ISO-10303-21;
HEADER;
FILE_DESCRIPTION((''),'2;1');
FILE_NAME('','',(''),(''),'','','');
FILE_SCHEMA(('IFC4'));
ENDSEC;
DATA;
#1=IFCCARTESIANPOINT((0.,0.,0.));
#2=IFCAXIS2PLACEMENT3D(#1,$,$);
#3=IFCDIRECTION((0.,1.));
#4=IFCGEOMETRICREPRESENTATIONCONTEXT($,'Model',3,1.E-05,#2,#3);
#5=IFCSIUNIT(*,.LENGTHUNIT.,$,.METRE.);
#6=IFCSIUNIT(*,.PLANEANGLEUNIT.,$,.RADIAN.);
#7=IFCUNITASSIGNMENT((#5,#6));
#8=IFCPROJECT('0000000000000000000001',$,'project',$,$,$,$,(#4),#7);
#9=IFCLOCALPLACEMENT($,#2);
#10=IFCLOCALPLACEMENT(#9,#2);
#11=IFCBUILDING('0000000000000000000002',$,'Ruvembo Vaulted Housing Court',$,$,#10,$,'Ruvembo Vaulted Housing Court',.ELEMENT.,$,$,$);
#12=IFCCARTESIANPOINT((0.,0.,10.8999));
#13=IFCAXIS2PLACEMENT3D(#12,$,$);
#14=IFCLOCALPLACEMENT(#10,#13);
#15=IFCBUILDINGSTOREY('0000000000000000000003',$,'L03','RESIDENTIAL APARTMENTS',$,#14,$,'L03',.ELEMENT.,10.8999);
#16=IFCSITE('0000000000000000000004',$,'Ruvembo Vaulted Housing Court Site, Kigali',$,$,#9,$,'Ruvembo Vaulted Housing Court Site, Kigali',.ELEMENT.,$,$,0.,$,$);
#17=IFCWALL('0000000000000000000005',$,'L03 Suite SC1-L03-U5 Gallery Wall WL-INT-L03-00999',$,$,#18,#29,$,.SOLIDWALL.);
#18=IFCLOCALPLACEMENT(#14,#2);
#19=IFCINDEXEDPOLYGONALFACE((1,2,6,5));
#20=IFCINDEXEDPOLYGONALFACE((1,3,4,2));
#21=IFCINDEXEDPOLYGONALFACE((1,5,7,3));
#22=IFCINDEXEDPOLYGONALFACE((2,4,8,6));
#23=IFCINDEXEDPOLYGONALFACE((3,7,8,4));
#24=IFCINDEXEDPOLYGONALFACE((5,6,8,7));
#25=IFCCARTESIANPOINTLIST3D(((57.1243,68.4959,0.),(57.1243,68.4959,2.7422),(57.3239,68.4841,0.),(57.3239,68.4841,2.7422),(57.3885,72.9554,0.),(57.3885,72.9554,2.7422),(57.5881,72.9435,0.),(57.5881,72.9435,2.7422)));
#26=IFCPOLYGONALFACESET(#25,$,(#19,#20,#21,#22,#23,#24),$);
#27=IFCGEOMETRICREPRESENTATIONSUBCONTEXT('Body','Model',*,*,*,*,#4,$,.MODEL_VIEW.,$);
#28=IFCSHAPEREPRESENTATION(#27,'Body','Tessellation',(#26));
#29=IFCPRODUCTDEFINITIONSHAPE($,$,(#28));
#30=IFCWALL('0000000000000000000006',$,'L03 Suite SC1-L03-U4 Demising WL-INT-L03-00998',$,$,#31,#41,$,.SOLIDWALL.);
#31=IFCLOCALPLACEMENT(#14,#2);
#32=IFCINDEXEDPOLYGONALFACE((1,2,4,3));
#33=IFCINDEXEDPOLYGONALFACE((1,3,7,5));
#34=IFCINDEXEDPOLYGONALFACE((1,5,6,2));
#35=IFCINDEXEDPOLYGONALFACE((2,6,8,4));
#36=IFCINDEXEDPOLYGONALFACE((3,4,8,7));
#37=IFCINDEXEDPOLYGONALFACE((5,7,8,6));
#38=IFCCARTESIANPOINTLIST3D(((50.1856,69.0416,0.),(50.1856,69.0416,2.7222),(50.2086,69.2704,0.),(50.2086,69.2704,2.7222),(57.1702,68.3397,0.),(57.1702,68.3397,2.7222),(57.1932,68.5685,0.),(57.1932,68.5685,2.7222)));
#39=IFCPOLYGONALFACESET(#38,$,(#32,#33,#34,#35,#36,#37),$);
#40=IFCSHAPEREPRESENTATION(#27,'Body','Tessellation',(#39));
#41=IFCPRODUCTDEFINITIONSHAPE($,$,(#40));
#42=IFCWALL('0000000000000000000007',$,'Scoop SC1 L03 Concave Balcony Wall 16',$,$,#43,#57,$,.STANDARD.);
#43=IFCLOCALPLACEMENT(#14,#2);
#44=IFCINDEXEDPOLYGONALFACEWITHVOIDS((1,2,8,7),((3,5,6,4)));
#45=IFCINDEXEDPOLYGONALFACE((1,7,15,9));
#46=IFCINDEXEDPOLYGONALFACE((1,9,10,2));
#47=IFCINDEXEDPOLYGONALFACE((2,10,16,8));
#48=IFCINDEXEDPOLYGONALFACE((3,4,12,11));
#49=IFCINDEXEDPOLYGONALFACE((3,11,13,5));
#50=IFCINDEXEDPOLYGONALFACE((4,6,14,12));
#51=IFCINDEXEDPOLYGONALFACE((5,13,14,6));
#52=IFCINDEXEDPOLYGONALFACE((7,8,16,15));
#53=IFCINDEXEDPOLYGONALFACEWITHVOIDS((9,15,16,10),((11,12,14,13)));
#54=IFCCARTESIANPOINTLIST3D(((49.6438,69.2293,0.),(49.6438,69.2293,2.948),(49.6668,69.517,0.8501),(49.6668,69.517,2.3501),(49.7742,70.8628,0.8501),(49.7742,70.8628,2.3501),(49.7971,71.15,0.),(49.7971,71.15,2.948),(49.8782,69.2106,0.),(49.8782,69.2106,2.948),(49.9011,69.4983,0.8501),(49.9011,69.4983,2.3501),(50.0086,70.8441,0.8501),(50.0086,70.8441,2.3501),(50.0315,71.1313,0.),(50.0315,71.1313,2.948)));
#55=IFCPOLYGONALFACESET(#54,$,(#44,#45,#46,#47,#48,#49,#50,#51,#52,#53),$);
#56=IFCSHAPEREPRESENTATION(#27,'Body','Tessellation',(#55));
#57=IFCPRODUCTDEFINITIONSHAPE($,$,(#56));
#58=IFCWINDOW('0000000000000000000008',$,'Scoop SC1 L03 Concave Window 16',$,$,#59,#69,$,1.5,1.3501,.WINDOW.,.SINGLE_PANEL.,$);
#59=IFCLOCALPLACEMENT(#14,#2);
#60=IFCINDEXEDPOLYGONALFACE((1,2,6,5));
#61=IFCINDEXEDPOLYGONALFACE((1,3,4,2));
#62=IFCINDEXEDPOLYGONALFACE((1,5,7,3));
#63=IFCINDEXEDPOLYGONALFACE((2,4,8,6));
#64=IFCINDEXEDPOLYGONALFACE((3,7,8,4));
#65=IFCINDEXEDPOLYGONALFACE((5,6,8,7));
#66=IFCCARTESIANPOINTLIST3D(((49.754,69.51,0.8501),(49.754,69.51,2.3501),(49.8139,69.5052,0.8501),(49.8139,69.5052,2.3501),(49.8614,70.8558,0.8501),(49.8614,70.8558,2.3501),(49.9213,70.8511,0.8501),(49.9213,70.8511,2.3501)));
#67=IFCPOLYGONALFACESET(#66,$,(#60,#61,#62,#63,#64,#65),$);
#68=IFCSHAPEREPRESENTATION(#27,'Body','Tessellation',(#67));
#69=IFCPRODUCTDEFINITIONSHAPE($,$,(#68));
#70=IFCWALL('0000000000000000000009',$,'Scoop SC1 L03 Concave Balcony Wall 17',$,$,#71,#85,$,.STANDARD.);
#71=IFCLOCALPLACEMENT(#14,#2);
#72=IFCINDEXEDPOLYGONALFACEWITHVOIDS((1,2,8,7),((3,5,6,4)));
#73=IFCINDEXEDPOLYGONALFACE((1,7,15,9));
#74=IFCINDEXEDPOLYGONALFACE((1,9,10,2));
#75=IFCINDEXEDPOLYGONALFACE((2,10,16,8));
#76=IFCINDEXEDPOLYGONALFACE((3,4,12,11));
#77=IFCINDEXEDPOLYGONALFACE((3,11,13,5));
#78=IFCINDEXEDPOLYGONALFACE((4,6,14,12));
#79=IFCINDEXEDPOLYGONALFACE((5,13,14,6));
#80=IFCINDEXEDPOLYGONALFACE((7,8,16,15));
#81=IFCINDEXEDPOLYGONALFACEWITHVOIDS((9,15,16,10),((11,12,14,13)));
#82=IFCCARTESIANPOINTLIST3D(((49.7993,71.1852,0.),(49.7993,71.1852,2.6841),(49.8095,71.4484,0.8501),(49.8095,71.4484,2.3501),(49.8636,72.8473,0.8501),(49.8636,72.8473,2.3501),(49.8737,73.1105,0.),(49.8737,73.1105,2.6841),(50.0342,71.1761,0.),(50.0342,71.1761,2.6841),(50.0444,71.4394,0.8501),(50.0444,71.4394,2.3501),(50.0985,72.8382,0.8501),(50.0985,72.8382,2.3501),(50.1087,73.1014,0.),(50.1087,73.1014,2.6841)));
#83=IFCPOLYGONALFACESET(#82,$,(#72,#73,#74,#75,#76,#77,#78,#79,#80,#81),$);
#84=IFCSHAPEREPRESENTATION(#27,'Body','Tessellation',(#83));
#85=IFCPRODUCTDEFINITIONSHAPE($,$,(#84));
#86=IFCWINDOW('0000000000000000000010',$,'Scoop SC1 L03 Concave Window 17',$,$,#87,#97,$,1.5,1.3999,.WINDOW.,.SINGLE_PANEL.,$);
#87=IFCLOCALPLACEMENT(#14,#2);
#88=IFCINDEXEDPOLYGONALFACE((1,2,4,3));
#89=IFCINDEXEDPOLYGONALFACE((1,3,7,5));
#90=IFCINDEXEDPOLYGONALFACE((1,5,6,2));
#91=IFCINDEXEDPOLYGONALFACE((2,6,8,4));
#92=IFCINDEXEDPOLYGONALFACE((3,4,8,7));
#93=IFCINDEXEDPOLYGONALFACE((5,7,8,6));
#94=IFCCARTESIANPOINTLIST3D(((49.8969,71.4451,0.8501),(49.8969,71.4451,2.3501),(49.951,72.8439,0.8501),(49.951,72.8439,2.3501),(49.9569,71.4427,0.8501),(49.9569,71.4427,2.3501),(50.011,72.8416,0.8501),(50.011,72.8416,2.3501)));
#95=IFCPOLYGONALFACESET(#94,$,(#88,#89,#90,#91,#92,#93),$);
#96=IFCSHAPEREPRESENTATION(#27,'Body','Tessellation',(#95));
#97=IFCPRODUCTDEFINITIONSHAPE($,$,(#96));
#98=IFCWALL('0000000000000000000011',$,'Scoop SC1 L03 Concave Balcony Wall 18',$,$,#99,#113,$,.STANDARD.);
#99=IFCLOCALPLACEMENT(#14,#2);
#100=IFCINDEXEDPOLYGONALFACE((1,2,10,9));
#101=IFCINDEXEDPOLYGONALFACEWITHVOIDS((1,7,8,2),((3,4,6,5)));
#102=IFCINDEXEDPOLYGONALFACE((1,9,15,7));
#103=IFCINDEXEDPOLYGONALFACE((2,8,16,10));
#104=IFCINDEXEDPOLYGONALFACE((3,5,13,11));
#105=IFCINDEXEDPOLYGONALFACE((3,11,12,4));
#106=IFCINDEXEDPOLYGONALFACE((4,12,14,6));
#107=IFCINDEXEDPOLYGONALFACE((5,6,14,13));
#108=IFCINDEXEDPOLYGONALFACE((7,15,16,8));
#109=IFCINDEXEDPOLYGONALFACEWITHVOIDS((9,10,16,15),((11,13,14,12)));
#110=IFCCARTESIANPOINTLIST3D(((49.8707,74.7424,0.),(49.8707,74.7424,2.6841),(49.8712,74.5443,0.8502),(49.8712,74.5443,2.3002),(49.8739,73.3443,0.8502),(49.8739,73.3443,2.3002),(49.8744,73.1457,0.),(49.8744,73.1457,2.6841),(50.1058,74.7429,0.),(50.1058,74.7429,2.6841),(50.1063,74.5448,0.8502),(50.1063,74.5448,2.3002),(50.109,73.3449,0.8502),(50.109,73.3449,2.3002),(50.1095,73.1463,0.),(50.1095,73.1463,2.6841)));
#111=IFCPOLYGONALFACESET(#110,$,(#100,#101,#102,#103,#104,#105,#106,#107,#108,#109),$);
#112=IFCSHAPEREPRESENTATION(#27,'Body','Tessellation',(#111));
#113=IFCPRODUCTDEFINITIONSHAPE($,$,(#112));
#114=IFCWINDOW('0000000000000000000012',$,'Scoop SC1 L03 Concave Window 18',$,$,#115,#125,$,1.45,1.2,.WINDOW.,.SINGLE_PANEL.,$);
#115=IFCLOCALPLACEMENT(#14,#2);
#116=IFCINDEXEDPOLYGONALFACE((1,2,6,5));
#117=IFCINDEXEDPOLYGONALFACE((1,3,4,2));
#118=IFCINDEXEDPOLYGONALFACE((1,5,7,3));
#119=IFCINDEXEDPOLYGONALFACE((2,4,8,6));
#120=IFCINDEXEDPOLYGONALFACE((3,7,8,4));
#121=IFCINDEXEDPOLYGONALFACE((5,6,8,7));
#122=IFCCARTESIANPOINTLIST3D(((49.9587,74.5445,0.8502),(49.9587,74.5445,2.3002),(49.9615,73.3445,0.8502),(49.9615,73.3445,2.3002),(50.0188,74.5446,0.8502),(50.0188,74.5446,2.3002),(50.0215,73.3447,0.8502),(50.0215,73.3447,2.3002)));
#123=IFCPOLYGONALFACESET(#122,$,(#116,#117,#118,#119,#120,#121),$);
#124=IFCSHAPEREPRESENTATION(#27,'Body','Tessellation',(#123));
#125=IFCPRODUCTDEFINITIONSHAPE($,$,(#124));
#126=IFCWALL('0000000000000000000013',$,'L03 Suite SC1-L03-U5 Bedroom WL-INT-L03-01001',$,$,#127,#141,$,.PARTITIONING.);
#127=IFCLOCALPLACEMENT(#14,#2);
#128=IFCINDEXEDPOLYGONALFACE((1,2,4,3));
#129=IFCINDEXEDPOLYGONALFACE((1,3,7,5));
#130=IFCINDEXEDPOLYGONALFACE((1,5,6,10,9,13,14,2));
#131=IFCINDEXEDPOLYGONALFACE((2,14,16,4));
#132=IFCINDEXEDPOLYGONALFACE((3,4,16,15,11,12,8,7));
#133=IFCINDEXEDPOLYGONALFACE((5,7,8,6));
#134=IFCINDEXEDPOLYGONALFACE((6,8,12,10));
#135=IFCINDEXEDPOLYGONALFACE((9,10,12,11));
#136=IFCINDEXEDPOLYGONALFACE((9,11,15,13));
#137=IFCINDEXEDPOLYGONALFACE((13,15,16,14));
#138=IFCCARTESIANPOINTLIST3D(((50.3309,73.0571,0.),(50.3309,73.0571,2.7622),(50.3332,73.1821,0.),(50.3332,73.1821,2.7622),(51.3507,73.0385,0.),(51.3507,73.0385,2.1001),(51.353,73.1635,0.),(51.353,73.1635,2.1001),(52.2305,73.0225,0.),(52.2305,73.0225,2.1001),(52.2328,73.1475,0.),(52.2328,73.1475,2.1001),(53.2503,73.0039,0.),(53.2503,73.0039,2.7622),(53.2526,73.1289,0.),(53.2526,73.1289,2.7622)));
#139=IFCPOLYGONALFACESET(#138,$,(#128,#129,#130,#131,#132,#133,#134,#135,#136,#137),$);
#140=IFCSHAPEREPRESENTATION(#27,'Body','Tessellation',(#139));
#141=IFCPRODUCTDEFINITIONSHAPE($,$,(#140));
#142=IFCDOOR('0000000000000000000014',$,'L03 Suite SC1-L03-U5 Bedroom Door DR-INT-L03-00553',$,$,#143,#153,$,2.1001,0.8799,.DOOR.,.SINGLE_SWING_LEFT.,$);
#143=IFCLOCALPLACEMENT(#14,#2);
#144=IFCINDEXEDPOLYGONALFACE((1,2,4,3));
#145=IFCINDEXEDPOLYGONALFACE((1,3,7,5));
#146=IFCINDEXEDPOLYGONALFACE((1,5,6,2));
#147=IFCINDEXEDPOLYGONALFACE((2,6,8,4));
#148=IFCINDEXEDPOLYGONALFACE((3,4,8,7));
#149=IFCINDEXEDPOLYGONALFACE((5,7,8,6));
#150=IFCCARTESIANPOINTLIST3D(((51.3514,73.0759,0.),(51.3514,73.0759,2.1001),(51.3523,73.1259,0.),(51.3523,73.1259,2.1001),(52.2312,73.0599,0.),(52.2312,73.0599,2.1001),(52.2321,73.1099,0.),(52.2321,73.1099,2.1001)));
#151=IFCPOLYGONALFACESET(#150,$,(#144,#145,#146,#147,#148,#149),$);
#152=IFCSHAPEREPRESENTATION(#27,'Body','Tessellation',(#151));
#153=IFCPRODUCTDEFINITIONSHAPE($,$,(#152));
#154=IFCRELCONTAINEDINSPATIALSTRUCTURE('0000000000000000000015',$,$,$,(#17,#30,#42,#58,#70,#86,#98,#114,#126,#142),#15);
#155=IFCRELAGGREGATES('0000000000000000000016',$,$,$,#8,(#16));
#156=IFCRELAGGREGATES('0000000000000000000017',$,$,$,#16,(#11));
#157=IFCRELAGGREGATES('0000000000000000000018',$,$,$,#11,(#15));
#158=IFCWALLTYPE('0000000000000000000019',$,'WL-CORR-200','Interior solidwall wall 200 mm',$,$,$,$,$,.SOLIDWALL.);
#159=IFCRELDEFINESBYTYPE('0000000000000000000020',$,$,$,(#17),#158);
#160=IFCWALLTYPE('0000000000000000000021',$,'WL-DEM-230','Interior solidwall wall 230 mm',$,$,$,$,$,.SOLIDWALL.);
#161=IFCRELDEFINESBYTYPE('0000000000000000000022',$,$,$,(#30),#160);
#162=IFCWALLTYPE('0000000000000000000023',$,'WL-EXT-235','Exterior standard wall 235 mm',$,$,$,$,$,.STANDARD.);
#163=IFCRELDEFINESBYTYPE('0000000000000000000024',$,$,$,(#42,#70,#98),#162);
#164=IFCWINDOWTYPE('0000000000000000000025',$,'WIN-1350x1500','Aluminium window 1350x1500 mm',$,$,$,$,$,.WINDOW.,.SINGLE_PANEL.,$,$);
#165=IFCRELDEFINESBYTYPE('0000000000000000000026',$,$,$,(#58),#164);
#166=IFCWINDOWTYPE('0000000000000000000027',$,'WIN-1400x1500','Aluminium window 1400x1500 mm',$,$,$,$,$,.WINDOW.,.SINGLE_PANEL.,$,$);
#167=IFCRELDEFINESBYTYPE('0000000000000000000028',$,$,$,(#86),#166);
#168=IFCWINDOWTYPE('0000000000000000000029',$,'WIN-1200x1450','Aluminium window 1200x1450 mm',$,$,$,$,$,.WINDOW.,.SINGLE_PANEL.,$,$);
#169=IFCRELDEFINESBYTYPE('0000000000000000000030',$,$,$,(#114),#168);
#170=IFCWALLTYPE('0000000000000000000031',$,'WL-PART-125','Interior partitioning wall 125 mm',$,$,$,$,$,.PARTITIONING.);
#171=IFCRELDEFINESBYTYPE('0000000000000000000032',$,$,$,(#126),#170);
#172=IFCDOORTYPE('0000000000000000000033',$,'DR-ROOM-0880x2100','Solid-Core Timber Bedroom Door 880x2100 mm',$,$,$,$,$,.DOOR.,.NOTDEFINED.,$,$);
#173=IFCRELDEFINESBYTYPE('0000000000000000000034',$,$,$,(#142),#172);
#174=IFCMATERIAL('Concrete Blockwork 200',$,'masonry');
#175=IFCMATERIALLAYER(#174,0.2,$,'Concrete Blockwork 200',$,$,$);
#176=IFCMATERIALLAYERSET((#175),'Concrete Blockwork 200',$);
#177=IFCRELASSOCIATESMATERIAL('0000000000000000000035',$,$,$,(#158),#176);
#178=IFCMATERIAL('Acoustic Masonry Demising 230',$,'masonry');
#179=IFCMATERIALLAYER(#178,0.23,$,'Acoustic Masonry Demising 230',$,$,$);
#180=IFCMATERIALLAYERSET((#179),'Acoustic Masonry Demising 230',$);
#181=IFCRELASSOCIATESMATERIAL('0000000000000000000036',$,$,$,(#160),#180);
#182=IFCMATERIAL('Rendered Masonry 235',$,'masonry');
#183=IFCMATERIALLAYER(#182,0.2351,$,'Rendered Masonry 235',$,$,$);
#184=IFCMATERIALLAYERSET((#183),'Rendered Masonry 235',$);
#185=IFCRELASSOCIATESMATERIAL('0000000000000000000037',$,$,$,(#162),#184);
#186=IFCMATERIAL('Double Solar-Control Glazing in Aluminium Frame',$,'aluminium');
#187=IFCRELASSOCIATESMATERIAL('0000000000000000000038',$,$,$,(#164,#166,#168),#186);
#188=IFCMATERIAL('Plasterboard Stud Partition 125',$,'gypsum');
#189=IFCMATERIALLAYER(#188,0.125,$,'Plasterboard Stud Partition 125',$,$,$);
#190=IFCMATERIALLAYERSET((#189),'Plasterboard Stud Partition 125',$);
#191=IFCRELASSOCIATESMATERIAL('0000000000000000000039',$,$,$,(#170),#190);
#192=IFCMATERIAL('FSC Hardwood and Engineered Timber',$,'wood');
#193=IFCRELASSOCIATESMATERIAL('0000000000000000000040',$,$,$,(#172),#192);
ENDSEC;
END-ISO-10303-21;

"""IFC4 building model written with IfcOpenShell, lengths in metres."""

from ifc_helpers import new_model, si_unit, direction, frame, frame_2d, origin, place, context, subcontext, project, spatial, rectangle, extrude, material, layer, layer_set, type_object, element, fill, save


model = new_model("IFC4")

# Units and contexts
model_context = context("Model", 3, precision=1e-05, world=origin(), true_north=direction((0.0, 1.0)))
body_context = subcontext(model_context, "Body", "Model", "MODEL_VIEW")
ifc_project = project(units=[si_unit("LENGTHUNIT", "METRE"), si_unit("PLANEANGLEUNIT", "RADIAN")], contexts=[model_context])

# Site, building, storey
site_placement = place(None, origin())
site = spatial("IfcSite", under=ifc_project, at=site_placement, Name="Ruvembo Vaulted Housing Court Site, Kigali", LongName="Ruvembo Vaulted Housing Court Site, Kigali", CompositionType="ELEMENT", RefElevation=0.0)
building_placement = place(site_placement, origin())
building = spatial("IfcBuilding", under=site, at=building_placement, Name="Ruvembo Vaulted Housing Court", LongName="Ruvembo Vaulted Housing Court", CompositionType="ELEMENT")
storey_placement = place(building_placement, frame((0.0, 0.0, 10.8999)))
storey = spatial("IfcBuildingStorey", under=building, at=storey_placement, Name="L03", Description="RESIDENTIAL APARTMENTS", LongName="L03", CompositionType="ELEMENT", Elevation=10.8999)

# Wall
ifc_material_1 = material(Name="Concrete Blockwork 200", Category="masonry")
ifc_layer_1 = layer(ifc_material_1, 0.2, Name="Concrete Blockwork 200")
ifc_layer_set_1 = layer_set([ifc_layer_1], Name="Concrete Blockwork 200")
wall_type_1 = type_object("IfcWallType", Name="WL-CORR-200", Description="Interior solidwall wall 200 mm", PredefinedType="SOLIDWALL", material=ifc_layer_set_1)
wall_1_placement = place(storey_placement, frame((57.2241, 68.49, 0.0), z_axis=(0.0, 0.0, 1.0), x_axis=(0.059132, 0.99825, 0.0)))
element("IfcWall", 1, at=wall_1_placement, inside=storey, type_object=wall_type_1, Name="L03 Suite SC1-L03-U5 Gallery Wall WL-INT-L03-00999", PredefinedType="SOLIDWALL", context=body_context, shape_type="SweptSolid", body=[
    extrude(rectangle(XDim=4.4673, YDim=0.2, at=frame_2d((2.2336, 0.0))), origin(), (0.0, 0.0, 1.0), 2.7422),
])

# Shared definitions
ifc_material_2 = material(Name="FSC Hardwood and Engineered Timber", Category="wood")

# Wall
ifc_material_3 = material(Name="Acoustic Masonry Demising 230", Category="masonry")
ifc_layer_2 = layer(ifc_material_3, 0.23, Name="Acoustic Masonry Demising 230")
ifc_layer_set_2 = layer_set([ifc_layer_2], Name="Acoustic Masonry Demising 230")
wall_type_2 = type_object("IfcWallType", Name="WL-DEM-230", Description="Interior solidwall wall 230 mm", PredefinedType="SOLIDWALL", material=ifc_layer_set_2)
wall_2_placement = place(storey_placement, frame((50.1973, 69.156, 0.0), z_axis=(0.0, 0.0, 1.0), x_axis=(0.994989, -0.099989, 0.0)))
element("IfcWall", 2, at=wall_2_placement, inside=storey, type_object=wall_type_2, Name="L03 Suite SC1-L03-U4 Demising WL-INT-L03-00998", PredefinedType="SOLIDWALL", context=body_context, shape_type="SweptSolid", body=[
    extrude(rectangle(XDim=7.0198, YDim=0.23, at=frame_2d((3.5098, 0.0))), origin(), (0.0, 0.0, 1.0), 2.7222),
])

# Shared definitions
ifc_material_4 = material(Name="Rendered Masonry 235", Category="masonry")
ifc_layer_3 = layer(ifc_material_4, 0.2351, Name="Rendered Masonry 235")
ifc_layer_set_3 = layer_set([ifc_layer_3], Name="Rendered Masonry 235")
wall_type_3 = type_object("IfcWallType", Name="WL-EXT-235", Description="Exterior standard wall 235 mm", PredefinedType="STANDARD", material=ifc_layer_set_3)

# Walls, openings, windows
wall_3_placement = place(storey_placement, frame((49.761, 69.22, 0.0), z_axis=(0.0, 0.0, 1.0), x_axis=(0.079574, 0.996829, 0.0)))
wall_3 = element("IfcWall", 3, at=wall_3_placement, inside=storey, type_object=wall_type_3, Name="Scoop SC1 L03 Concave Balcony Wall 16", PredefinedType="STANDARD", context=body_context, shape_type="SweptSolid", body=[
    extrude(rectangle(XDim=1.9268, YDim=0.2351, at=frame_2d((0.9634, 0.0))), origin(), (0.0, 0.0, 1.0), 2.948),
])
opening_1_placement = place(wall_3_placement, frame((0.2886, 0.0, 0.8501)))
opening_1 = element("IfcOpeningElement", 4, at=opening_1_placement, cuts=wall_3, PredefinedType="OPENING", context=body_context, shape_type="SweptSolid", body=[
    extrude(rectangle(XDim=1.3501, YDim=1.5, at=frame_2d((0.675, 0.75))), frame((0.0, 0.1274, 0.0), z_axis=(0.0, -1.0, 0.0), x_axis=(1.0, 0.0, 0.0)), (0.0, 0.0, 1.0), 0.2551),
])
ifc_material_5 = material(Name="Double Solar-Control Glazing in Aluminium Frame", Category="aluminium")
window_type_1 = type_object("IfcWindowType", Name="WIN-1350x1500", Description="Aluminium window 1350x1500 mm", PartitioningType="SINGLE_PANEL", PredefinedType="WINDOW", material=ifc_material_5)
window_1_placement = place(opening_1_placement, origin())
window_1 = element("IfcWindow", 5, at=window_1_placement, inside=storey, type_object=window_type_1, Name="Scoop SC1 L03 Concave Window 16", OverallHeight=1.5, OverallWidth=1.3501, PartitioningType="SINGLE_PANEL", PredefinedType="WINDOW", context=body_context, shape_type="SweptSolid", body=[
    extrude(rectangle(XDim=1.3501, YDim=1.5, at=frame_2d((0.675, 0.75))), frame((0.0, 0.03, 0.0), z_axis=(0.0, -1.0, 0.0), x_axis=(1.0, 0.0, 0.0)), (0.0, 0.0, 1.0), 0.0601),
])
fill(opening_1, window_1)
wall_4_placement = place(storey_placement, frame((49.9167, 71.1807, 0.0), z_axis=(0.0, 0.0, 1.0), x_axis=(0.038647, 0.999253, 0.0)))
wall_4 = element("IfcWall", 6, at=wall_4_placement, inside=storey, type_object=wall_type_3, Name="Scoop SC1 L03 Concave Balcony Wall 17", PredefinedType="STANDARD", context=body_context, shape_type="SweptSolid", body=[
    extrude(rectangle(XDim=1.9268, YDim=0.2351, at=frame_2d((0.9634, 0.0))), origin(), (0.0, 0.0, 1.0), 2.6841),
])
opening_2_placement = place(wall_4_placement, frame((0.2634, 0.0, 0.8501)))
opening_2 = element("IfcOpeningElement", 7, at=opening_2_placement, cuts=wall_4, PredefinedType="OPENING", context=body_context, shape_type="SweptSolid", body=[
    extrude(rectangle(XDim=1.3999, YDim=1.5, at=frame_2d((0.7, 0.75))), frame((0.0, 0.1274, 0.0), z_axis=(0.0, -1.0, 0.0), x_axis=(1.0, 0.0, 0.0)), (0.0, 0.0, 1.0), 0.2551),
])
window_type_2 = type_object("IfcWindowType", Name="WIN-1400x1500", Description="Aluminium window 1400x1500 mm", PartitioningType="SINGLE_PANEL", PredefinedType="WINDOW", material=ifc_material_5)
window_2_placement = place(opening_2_placement, origin())
window_2 = element("IfcWindow", 8, at=window_2_placement, inside=storey, type_object=window_type_2, Name="Scoop SC1 L03 Concave Window 17", OverallHeight=1.5, OverallWidth=1.3999, PartitioningType="SINGLE_PANEL", PredefinedType="WINDOW", context=body_context, shape_type="SweptSolid", body=[
    extrude(rectangle(XDim=1.3999, YDim=1.5, at=frame_2d((0.7, 0.75))), frame((0.0, 0.03, 0.0), z_axis=(0.0, -1.0, 0.0), x_axis=(1.0, 0.0, 0.0)), (0.0, 0.0, 1.0), 0.0601),
])
fill(opening_2, window_2)
wall_5_placement = place(storey_placement, frame((49.9919, 73.146, 0.0), z_axis=(0.0, 0.0, 1.0), x_axis=(-0.002294, 0.999997, 0.0)))
wall_5 = element("IfcWall", 9, at=wall_5_placement, inside=storey, type_object=wall_type_3, Name="Scoop SC1 L03 Concave Balcony Wall 18", PredefinedType="STANDARD", context=body_context, shape_type="SweptSolid", body=[
    extrude(rectangle(XDim=1.5967, YDim=0.2351, at=frame_2d((0.7983, 0.0))), origin(), (0.0, 0.0, 1.0), 2.6841),
])
opening_3_placement = place(wall_5_placement, frame((0.1985, 0.0, 0.8501)))
opening_3 = element("IfcOpeningElement", 10, at=opening_3_placement, cuts=wall_5, PredefinedType="OPENING", context=body_context, shape_type="SweptSolid", body=[
    extrude(rectangle(XDim=1.2, YDim=1.45, at=frame_2d((0.6001, 0.7251))), frame((0.0, 0.1274, 0.0), z_axis=(0.0, -1.0, 0.0), x_axis=(1.0, 0.0, 0.0)), (0.0, 0.0, 1.0), 0.2551),
])
window_type_3 = type_object("IfcWindowType", Name="WIN-1200x1450", Description="Aluminium window 1200x1450 mm", PartitioningType="SINGLE_PANEL", PredefinedType="WINDOW", material=ifc_material_5)
window_3_placement = place(opening_3_placement, origin())
window_3 = element("IfcWindow", 11, at=window_3_placement, inside=storey, type_object=window_type_3, Name="Scoop SC1 L03 Concave Window 18", OverallHeight=1.45, OverallWidth=1.2, PartitioningType="SINGLE_PANEL", PredefinedType="WINDOW", context=body_context, shape_type="SweptSolid", body=[
    extrude(rectangle(XDim=1.2, YDim=1.45, at=frame_2d((0.6001, 0.7251))), frame((0.0, 0.03, 0.0), z_axis=(0.0, -1.0, 0.0), x_axis=(1.0, 0.0, 0.0)), (0.0, 0.0, 1.0), 0.0601),
])
fill(opening_3, window_3)

# Wall, opening, door
ifc_material_6 = material(Name="Plasterboard Stud Partition 125", Category="gypsum")
ifc_layer_4 = layer(ifc_material_6, 0.125, Name="Plasterboard Stud Partition 125")
ifc_layer_set_4 = layer_set([ifc_layer_4], Name="Plasterboard Stud Partition 125")
wall_type_4 = type_object("IfcWallType", Name="WL-PART-125", Description="Interior partitioning wall 125 mm", PredefinedType="PARTITIONING", material=ifc_layer_set_4)
wall_6_placement = place(storey_placement, frame((50.332, 73.1196, 0.0), z_axis=(0.0, 0.0, 1.0), x_axis=(0.999834, -0.018227, 0.0)))
wall_6 = element("IfcWall", 12, at=wall_6_placement, inside=storey, type_object=wall_type_4, Name="L03 Suite SC1-L03-U5 Bedroom WL-INT-L03-01001", PredefinedType="PARTITIONING", context=body_context, shape_type="SweptSolid", body=[
    extrude(rectangle(XDim=2.9199, YDim=0.125, at=frame_2d((1.46, 0.0))), origin(), (0.0, 0.0, 1.0), 2.7622),
])
opening_4_placement = place(wall_6_placement, frame((1.02, 0.0, 0.0)))
opening_4 = element("IfcOpeningElement", 13, at=opening_4_placement, cuts=wall_6, PredefinedType="OPENING", context=body_context, shape_type="SweptSolid", body=[
    extrude(rectangle(XDim=0.8799, YDim=2.1001, at=frame_2d((0.4399, 1.05))), frame((0.0, 0.0725, 0.0), z_axis=(0.0, -1.0, 0.0), x_axis=(1.0, 0.0, 0.0)), (0.0, 0.0, 1.0), 0.145),
])
door_type_1 = type_object("IfcDoorType", Name="DR-ROOM-0880x2100", Description="Solid-Core Timber Bedroom Door 880x2100 mm", OperationType="NOTDEFINED", PredefinedType="DOOR", material=ifc_material_2)
door_1_placement = place(opening_4_placement, origin())
door_1 = element("IfcDoor", 14, at=door_1_placement, inside=storey, type_object=door_type_1, Name="L03 Suite SC1-L03-U5 Bedroom Door DR-INT-L03-00553", OperationType="SINGLE_SWING_LEFT", OverallHeight=2.1001, OverallWidth=0.8799, PredefinedType="DOOR", context=body_context, shape_type="SweptSolid", body=[
    extrude(rectangle(XDim=0.8799, YDim=2.1001, at=frame_2d((0.4399, 1.05))), frame((0.0, 0.0249, 0.0), z_axis=(0.0, -1.0, 0.0), x_axis=(1.0, 0.0, 0.0)), (0.0, 0.0, 1.0), 0.05),
])
fill(opening_4, door_1)

save(model, "model.ifc")
